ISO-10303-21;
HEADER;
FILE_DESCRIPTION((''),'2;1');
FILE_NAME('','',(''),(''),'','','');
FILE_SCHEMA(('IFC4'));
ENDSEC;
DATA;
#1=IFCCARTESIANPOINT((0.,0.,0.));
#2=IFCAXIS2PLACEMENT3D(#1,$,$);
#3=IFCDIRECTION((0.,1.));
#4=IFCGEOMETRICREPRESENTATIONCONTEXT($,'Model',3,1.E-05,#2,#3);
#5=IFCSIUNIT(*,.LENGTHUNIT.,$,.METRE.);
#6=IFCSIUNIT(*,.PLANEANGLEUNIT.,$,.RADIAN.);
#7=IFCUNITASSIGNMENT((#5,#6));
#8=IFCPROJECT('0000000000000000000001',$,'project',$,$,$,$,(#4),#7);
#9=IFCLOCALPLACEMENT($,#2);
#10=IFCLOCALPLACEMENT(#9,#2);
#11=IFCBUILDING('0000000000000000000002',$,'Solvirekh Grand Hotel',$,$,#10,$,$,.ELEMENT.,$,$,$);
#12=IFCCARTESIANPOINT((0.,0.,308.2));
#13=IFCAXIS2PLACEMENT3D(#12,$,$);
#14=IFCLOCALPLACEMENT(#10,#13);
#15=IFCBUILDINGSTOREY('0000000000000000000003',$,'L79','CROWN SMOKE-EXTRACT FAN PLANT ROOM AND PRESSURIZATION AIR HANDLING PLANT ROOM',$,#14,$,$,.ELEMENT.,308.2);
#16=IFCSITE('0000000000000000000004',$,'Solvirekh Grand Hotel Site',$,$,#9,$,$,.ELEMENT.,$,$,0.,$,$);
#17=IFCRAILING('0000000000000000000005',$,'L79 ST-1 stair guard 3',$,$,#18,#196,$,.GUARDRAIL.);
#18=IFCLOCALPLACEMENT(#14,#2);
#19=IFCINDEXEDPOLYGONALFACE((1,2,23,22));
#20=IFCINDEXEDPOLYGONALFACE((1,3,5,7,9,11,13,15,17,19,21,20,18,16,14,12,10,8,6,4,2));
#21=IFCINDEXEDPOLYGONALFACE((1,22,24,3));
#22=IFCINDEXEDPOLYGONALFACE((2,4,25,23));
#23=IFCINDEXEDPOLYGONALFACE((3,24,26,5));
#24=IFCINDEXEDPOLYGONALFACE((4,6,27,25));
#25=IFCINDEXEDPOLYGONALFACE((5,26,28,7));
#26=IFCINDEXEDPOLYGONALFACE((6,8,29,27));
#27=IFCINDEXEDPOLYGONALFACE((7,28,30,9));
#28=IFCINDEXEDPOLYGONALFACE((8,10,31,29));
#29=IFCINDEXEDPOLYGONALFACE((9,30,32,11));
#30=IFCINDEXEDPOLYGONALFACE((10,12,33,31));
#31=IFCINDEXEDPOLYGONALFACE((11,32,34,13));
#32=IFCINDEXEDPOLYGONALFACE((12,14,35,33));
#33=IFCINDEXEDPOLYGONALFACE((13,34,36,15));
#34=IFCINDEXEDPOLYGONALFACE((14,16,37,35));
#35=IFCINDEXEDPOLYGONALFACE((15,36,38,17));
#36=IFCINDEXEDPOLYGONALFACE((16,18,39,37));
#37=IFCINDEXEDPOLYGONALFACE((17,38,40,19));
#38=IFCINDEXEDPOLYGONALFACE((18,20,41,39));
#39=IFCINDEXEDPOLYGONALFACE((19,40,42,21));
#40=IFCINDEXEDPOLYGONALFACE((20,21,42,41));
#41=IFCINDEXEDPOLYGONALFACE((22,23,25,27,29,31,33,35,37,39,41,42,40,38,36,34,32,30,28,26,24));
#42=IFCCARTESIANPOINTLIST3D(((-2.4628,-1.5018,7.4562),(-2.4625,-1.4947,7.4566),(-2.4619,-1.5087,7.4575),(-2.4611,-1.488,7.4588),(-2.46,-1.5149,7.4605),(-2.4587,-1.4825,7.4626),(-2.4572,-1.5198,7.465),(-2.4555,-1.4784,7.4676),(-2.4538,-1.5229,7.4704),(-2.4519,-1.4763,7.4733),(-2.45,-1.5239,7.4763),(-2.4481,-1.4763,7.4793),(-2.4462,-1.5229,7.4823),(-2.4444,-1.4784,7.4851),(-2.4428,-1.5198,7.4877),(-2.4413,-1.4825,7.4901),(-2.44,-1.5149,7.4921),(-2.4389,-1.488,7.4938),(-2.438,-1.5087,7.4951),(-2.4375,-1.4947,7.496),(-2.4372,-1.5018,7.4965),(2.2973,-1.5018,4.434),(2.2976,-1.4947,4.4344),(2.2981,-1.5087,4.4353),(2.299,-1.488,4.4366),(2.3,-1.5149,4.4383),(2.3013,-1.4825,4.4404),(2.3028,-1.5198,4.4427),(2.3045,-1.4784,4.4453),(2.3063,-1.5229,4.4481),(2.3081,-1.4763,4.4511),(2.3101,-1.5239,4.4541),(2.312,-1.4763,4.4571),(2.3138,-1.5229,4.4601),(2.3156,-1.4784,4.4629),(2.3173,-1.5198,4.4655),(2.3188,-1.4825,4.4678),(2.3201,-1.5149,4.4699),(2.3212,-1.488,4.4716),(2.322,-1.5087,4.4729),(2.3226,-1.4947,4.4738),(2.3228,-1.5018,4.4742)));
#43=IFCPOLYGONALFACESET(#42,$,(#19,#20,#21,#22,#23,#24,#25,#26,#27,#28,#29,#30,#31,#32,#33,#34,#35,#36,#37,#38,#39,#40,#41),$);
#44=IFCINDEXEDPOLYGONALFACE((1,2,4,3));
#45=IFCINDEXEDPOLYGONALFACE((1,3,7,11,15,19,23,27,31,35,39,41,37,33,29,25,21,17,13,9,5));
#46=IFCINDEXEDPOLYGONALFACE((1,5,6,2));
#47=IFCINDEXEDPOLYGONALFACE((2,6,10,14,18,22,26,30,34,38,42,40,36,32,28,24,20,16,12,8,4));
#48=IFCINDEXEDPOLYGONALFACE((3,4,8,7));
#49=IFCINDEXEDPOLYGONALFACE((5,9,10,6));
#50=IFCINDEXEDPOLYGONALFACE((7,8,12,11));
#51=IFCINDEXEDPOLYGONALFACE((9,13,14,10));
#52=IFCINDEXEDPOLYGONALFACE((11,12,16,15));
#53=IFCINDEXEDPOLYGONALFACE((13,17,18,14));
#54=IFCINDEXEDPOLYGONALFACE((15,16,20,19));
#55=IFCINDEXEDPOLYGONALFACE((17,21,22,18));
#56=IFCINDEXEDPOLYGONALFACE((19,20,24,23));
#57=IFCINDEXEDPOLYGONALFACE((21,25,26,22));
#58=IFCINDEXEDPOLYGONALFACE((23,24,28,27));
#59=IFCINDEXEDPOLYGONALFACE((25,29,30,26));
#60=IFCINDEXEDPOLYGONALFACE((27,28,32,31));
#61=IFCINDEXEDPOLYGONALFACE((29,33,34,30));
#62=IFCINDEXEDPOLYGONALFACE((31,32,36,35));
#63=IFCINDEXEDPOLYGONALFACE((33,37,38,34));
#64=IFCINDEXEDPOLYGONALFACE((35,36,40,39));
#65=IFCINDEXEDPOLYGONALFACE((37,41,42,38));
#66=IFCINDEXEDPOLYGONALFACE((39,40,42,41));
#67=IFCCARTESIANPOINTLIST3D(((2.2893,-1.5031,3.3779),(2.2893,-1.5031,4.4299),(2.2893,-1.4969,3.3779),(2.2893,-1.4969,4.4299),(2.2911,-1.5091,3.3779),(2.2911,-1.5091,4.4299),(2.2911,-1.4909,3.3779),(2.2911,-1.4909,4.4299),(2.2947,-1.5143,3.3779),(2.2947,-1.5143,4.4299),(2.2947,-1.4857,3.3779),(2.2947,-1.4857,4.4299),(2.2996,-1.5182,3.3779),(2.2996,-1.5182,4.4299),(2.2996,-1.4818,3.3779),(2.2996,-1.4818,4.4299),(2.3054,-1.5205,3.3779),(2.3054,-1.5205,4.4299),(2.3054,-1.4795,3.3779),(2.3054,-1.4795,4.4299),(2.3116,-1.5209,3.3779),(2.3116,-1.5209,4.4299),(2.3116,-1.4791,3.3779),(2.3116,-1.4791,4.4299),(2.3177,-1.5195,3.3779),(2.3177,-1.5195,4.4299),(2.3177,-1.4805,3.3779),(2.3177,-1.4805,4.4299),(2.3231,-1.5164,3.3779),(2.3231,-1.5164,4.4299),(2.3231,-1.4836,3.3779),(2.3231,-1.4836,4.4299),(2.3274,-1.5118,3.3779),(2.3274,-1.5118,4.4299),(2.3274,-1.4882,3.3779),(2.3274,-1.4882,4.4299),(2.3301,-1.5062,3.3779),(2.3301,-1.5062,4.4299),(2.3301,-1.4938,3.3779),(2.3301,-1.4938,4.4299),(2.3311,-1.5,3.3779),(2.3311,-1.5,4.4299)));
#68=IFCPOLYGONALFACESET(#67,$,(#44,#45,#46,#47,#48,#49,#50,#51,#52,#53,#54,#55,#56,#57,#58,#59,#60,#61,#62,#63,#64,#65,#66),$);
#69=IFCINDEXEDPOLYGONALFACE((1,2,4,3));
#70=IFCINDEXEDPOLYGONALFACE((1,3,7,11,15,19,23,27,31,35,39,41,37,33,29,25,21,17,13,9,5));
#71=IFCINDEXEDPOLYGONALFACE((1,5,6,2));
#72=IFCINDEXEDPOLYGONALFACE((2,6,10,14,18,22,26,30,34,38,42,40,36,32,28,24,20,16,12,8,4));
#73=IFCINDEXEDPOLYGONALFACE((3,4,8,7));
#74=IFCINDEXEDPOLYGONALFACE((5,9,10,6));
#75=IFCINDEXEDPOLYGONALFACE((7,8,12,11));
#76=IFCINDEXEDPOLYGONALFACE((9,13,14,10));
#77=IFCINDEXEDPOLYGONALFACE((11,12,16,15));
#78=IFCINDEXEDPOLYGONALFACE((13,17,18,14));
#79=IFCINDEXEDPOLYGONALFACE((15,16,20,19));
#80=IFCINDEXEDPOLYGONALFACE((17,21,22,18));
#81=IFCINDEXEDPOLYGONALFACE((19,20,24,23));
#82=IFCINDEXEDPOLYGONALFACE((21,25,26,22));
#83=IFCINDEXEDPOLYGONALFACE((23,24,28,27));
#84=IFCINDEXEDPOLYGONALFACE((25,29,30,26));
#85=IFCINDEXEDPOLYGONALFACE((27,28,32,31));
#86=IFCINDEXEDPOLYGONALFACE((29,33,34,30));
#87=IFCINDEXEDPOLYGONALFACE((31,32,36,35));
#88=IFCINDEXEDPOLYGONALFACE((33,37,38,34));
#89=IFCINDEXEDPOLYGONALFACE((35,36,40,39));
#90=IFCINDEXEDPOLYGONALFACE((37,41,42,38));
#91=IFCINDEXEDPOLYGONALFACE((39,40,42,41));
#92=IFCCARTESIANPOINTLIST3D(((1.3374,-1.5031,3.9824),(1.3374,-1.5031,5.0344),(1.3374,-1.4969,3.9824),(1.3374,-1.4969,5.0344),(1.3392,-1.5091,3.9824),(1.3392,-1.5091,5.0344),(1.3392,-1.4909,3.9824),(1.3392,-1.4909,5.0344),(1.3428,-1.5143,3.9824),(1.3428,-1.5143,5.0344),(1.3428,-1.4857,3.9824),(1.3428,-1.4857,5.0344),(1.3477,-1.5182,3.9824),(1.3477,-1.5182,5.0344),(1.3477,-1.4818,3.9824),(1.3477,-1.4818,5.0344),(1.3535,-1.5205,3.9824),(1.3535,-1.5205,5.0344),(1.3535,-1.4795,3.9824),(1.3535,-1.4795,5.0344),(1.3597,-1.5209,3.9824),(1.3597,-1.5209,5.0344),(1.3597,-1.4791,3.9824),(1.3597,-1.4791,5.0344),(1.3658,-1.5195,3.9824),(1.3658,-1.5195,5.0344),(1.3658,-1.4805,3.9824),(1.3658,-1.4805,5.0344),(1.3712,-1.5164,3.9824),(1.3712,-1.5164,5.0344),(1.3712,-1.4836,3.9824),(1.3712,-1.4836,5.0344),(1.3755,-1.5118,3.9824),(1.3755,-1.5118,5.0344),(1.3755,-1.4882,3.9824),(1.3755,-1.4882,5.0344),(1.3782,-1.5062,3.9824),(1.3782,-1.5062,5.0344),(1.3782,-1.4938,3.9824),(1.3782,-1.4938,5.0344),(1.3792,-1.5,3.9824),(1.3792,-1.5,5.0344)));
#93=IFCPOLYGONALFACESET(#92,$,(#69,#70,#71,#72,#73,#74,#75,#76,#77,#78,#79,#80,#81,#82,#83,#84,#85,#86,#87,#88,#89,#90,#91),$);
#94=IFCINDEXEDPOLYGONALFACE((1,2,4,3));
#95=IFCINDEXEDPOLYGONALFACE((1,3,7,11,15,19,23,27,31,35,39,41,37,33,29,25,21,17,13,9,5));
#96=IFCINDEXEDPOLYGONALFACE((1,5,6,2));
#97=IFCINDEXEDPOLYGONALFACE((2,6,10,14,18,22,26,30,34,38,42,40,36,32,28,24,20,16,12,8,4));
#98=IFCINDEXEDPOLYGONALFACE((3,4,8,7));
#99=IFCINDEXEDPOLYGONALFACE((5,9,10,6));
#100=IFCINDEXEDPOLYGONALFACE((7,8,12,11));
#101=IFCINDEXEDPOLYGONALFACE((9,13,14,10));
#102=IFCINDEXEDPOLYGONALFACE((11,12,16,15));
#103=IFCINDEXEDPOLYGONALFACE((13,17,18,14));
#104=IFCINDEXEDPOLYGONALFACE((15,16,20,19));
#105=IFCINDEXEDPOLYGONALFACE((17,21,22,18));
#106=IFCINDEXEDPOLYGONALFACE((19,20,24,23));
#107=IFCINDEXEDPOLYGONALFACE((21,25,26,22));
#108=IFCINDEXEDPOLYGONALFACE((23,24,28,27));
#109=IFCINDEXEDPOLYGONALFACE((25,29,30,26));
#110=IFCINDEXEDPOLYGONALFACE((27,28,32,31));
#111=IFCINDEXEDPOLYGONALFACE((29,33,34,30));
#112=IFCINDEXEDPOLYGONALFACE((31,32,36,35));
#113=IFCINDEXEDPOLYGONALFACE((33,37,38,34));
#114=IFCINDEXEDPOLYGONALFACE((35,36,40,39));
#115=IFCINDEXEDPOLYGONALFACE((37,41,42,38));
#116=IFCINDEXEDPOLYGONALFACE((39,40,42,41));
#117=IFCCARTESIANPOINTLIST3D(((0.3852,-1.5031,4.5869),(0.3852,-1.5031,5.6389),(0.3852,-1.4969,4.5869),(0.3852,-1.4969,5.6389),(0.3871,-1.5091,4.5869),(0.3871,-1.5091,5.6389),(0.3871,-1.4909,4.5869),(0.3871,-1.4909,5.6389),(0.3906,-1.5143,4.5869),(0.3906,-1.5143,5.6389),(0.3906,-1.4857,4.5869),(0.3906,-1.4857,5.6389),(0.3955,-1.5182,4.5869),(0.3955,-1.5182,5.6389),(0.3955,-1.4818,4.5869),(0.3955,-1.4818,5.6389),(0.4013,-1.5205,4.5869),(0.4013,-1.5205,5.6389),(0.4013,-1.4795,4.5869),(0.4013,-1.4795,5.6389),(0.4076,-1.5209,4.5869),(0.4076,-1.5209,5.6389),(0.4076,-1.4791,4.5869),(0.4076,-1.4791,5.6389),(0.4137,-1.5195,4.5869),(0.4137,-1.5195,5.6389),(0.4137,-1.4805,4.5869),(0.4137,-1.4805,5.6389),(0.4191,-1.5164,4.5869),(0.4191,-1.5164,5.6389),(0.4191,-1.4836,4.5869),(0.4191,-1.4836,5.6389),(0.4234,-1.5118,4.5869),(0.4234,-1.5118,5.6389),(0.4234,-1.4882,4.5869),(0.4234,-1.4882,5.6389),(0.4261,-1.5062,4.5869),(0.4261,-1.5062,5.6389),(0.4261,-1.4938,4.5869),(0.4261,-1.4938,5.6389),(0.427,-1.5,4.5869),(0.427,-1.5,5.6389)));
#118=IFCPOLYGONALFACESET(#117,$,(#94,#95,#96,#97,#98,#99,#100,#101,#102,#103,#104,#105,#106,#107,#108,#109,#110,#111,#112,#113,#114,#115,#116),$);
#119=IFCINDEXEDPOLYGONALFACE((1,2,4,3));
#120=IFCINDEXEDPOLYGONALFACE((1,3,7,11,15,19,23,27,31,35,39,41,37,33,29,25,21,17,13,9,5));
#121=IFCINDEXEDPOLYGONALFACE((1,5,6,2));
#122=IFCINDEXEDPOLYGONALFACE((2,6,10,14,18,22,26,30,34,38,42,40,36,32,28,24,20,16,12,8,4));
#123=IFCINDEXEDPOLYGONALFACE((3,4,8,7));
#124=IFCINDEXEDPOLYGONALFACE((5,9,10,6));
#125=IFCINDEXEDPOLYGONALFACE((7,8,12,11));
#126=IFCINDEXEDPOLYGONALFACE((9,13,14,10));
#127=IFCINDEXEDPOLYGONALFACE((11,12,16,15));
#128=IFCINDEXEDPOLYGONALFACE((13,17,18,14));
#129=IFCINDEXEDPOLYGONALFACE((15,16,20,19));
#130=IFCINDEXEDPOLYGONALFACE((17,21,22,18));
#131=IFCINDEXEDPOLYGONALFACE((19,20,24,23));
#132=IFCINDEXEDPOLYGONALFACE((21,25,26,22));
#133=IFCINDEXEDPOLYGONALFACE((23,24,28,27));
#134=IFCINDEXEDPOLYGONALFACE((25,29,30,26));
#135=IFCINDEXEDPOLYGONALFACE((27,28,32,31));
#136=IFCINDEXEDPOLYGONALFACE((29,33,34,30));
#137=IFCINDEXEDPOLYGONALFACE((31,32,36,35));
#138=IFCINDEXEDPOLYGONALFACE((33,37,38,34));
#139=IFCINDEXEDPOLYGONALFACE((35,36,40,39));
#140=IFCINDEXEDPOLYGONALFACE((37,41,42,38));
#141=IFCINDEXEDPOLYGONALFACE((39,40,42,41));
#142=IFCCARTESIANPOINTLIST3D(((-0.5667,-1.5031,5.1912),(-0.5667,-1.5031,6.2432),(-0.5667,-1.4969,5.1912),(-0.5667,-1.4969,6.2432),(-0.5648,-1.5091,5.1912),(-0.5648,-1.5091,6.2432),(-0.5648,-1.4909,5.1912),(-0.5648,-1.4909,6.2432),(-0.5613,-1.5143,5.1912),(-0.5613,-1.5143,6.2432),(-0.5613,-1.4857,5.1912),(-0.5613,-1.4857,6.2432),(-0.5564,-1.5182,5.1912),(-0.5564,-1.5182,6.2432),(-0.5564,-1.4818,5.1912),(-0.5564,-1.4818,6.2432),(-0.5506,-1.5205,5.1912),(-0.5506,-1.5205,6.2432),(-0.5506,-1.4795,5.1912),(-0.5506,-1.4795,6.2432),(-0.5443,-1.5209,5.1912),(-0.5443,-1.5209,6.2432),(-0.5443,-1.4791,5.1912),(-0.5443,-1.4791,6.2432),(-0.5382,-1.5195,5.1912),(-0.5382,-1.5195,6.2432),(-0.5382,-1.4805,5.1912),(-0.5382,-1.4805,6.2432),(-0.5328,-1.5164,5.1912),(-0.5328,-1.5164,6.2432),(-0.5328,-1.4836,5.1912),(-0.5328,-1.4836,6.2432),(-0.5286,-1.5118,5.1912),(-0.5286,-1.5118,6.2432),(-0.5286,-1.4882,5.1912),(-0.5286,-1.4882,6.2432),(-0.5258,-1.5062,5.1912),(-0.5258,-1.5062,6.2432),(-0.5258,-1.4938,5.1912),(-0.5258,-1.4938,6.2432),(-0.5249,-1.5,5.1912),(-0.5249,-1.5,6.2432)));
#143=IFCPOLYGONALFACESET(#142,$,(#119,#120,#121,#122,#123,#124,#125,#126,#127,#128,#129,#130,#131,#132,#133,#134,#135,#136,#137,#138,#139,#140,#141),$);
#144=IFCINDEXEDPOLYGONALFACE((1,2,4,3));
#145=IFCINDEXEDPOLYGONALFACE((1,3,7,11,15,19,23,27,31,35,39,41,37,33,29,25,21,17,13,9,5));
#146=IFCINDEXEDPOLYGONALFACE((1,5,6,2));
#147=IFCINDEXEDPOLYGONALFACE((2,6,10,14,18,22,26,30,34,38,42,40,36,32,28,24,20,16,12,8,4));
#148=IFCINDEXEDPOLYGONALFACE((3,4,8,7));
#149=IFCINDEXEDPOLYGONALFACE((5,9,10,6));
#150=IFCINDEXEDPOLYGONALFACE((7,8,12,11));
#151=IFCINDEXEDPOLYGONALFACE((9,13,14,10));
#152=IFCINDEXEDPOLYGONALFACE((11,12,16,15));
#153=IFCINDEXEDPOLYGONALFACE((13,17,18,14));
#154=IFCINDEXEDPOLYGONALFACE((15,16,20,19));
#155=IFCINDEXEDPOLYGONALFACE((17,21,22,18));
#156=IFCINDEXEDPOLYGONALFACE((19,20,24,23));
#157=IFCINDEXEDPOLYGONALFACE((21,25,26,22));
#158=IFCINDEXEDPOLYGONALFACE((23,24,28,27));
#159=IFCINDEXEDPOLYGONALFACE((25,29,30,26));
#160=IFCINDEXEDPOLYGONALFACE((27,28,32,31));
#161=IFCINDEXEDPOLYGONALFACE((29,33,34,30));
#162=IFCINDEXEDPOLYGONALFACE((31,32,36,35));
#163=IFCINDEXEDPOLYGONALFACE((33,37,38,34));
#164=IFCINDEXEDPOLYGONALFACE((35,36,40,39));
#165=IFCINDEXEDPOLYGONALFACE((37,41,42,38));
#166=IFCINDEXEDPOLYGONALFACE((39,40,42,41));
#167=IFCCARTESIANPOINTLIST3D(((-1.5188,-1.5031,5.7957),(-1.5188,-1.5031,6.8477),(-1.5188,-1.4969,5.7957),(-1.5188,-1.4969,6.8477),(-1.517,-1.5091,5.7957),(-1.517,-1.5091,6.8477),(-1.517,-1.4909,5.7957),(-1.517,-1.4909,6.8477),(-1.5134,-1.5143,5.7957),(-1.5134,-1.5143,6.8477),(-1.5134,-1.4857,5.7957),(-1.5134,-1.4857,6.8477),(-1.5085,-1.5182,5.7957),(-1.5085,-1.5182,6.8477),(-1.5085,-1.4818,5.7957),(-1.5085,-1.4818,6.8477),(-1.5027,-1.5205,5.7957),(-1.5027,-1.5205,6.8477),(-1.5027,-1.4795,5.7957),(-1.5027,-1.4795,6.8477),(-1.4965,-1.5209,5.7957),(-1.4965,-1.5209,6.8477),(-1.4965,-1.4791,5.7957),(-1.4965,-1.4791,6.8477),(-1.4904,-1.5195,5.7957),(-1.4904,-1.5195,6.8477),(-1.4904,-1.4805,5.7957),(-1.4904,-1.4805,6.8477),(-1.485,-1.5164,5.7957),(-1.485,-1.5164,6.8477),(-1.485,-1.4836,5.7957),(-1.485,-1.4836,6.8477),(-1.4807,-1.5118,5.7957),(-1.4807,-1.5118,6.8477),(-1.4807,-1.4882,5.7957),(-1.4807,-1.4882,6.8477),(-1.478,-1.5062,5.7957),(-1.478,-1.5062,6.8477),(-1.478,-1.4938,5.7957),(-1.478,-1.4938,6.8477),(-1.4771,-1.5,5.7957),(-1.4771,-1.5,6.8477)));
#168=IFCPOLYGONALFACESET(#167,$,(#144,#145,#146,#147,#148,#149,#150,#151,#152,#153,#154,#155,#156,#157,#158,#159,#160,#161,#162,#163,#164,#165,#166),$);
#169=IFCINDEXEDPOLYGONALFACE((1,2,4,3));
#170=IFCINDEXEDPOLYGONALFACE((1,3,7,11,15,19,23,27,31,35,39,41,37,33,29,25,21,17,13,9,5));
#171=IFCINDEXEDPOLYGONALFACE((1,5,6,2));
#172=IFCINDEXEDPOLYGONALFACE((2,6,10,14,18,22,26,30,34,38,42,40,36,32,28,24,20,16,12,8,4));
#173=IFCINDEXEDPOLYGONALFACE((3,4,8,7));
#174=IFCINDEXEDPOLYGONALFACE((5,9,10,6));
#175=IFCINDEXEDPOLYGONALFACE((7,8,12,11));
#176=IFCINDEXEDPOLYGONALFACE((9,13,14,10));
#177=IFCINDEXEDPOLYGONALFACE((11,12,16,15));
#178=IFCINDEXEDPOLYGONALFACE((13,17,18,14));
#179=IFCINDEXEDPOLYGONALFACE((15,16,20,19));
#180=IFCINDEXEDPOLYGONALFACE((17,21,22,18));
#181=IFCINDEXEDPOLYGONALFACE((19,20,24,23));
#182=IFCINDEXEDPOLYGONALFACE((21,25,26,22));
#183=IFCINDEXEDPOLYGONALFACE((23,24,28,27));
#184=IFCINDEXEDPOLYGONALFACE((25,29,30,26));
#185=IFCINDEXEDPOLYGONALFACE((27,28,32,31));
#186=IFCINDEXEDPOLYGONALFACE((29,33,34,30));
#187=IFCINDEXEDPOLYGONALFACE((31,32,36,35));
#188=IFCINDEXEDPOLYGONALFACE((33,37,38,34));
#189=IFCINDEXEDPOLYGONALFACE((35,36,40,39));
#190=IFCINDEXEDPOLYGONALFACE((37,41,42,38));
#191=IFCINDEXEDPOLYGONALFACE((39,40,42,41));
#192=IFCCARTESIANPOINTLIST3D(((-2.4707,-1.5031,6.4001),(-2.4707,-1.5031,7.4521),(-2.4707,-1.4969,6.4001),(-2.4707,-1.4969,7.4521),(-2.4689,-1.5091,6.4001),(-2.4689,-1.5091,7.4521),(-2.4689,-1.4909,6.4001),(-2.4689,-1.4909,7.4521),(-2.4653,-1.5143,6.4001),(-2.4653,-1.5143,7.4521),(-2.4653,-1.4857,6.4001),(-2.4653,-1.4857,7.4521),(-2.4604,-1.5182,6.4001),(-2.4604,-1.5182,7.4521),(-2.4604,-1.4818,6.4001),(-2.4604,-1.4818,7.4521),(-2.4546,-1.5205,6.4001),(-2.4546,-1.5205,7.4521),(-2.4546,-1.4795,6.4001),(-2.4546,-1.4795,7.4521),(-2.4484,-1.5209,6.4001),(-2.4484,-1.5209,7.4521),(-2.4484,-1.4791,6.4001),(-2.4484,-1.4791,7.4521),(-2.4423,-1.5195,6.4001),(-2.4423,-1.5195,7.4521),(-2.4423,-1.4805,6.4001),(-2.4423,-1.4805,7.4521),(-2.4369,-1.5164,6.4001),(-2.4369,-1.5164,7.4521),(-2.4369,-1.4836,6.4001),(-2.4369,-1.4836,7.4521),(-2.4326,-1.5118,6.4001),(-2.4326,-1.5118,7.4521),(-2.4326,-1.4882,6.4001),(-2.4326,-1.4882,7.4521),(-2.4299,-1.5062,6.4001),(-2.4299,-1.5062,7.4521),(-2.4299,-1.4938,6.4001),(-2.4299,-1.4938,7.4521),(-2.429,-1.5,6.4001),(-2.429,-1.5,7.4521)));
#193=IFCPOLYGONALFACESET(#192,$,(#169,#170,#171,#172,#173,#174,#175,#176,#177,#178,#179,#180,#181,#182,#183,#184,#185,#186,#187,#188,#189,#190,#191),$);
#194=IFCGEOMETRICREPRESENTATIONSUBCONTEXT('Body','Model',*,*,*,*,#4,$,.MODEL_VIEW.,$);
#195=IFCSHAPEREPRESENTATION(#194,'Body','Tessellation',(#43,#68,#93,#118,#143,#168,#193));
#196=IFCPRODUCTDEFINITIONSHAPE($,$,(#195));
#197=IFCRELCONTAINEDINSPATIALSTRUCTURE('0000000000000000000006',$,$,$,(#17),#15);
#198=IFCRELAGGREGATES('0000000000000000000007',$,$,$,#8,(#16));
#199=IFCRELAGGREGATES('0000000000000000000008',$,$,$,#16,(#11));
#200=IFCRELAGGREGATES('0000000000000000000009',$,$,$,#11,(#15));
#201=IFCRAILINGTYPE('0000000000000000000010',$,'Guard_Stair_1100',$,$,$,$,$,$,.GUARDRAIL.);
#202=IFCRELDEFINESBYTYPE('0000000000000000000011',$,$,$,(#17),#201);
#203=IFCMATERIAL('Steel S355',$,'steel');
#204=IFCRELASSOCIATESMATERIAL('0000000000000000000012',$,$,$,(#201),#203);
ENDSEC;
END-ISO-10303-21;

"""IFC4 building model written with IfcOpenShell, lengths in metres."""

from ifc_helpers import new_model, si_unit, direction, frame, origin, origin_2d, place, context, subcontext, project, spatial, circle, extrude, material, type_object, element, save


model = new_model("IFC4")

# Units and contexts
model_context = context("Model", 3, precision=1e-05, world=origin(), true_north=direction((0.0, 1.0)))
body_context = subcontext(model_context, "Body", "Model", "MODEL_VIEW")
ifc_project = project(units=[si_unit("LENGTHUNIT", "METRE"), si_unit("PLANEANGLEUNIT", "RADIAN")], contexts=[model_context])

# Site, building, storey
site_placement = place(None, origin())
site = spatial("IfcSite", under=ifc_project, at=site_placement, Name="Solvirekh Grand Hotel Site", CompositionType="ELEMENT", RefElevation=0.0)
building_placement = place(site_placement, origin())
building = spatial("IfcBuilding", under=site, at=building_placement, Name="Solvirekh Grand Hotel", CompositionType="ELEMENT")
storey_placement = place(building_placement, frame((0.0, 0.0, 308.2)))
storey = spatial("IfcBuildingStorey", under=building, at=storey_placement, Name="L79", Description="CROWN SMOKE-EXTRACT FAN PLANT ROOM AND PRESSURIZATION AIR HANDLING PLANT ROOM", CompositionType="ELEMENT", Elevation=308.2)

# Shared definitions
ifc_material_1 = material(Name="Steel S355", Category="steel")

# Railing
railing_type_1 = type_object("IfcRailingType", Name="Guard_Stair_1100", PredefinedType="GUARDRAIL", material=ifc_material_1)
railing_1_placement = place(storey_placement, frame((2.3101, -1.5, 3.3779)))
element("IfcRailing", 1, at=railing_1_placement, inside=storey, type_object=railing_type_1, Name="L79 ST-1 stair guard 3", PredefinedType="GUARDRAIL", context=body_context, shape_type="SweptSolid", body=[
    extrude(circle(Radius=0.0239, at=origin_2d()), frame((0.0, 0.0, 1.0762), z_axis=(-0.844214, 0.0, 0.536007), x_axis=(0.0, -1.0, 0.0)), (0.0, 0.0, 1.0), 5.6384),
    extrude(circle(Radius=0.021, at=origin_2d()), origin(), (0.0, 0.0, 1.0), 1.052),
    extrude(circle(Radius=0.021, at=origin_2d()), frame((-0.9519, 0.0, 0.6045)), (0.0, 0.0, 1.0), 1.052),
    extrude(circle(Radius=0.021, at=origin_2d()), frame((-1.9041, 0.0, 1.209)), (0.0, 0.0, 1.0), 1.052),
    extrude(circle(Radius=0.021, at=origin_2d()), frame((-2.856, 0.0, 1.8132)), (0.0, 0.0, 1.0), 1.052),
    extrude(circle(Radius=0.021, at=origin_2d()), frame((-3.8081, 0.0, 2.4177)), (0.0, 0.0, 1.0), 1.052),
    extrude(circle(Radius=0.021, at=origin_2d()), frame((-4.76, 0.0, 3.0222)), (0.0, 0.0, 1.0), 1.052),
])

save(model, "model.ifc")
